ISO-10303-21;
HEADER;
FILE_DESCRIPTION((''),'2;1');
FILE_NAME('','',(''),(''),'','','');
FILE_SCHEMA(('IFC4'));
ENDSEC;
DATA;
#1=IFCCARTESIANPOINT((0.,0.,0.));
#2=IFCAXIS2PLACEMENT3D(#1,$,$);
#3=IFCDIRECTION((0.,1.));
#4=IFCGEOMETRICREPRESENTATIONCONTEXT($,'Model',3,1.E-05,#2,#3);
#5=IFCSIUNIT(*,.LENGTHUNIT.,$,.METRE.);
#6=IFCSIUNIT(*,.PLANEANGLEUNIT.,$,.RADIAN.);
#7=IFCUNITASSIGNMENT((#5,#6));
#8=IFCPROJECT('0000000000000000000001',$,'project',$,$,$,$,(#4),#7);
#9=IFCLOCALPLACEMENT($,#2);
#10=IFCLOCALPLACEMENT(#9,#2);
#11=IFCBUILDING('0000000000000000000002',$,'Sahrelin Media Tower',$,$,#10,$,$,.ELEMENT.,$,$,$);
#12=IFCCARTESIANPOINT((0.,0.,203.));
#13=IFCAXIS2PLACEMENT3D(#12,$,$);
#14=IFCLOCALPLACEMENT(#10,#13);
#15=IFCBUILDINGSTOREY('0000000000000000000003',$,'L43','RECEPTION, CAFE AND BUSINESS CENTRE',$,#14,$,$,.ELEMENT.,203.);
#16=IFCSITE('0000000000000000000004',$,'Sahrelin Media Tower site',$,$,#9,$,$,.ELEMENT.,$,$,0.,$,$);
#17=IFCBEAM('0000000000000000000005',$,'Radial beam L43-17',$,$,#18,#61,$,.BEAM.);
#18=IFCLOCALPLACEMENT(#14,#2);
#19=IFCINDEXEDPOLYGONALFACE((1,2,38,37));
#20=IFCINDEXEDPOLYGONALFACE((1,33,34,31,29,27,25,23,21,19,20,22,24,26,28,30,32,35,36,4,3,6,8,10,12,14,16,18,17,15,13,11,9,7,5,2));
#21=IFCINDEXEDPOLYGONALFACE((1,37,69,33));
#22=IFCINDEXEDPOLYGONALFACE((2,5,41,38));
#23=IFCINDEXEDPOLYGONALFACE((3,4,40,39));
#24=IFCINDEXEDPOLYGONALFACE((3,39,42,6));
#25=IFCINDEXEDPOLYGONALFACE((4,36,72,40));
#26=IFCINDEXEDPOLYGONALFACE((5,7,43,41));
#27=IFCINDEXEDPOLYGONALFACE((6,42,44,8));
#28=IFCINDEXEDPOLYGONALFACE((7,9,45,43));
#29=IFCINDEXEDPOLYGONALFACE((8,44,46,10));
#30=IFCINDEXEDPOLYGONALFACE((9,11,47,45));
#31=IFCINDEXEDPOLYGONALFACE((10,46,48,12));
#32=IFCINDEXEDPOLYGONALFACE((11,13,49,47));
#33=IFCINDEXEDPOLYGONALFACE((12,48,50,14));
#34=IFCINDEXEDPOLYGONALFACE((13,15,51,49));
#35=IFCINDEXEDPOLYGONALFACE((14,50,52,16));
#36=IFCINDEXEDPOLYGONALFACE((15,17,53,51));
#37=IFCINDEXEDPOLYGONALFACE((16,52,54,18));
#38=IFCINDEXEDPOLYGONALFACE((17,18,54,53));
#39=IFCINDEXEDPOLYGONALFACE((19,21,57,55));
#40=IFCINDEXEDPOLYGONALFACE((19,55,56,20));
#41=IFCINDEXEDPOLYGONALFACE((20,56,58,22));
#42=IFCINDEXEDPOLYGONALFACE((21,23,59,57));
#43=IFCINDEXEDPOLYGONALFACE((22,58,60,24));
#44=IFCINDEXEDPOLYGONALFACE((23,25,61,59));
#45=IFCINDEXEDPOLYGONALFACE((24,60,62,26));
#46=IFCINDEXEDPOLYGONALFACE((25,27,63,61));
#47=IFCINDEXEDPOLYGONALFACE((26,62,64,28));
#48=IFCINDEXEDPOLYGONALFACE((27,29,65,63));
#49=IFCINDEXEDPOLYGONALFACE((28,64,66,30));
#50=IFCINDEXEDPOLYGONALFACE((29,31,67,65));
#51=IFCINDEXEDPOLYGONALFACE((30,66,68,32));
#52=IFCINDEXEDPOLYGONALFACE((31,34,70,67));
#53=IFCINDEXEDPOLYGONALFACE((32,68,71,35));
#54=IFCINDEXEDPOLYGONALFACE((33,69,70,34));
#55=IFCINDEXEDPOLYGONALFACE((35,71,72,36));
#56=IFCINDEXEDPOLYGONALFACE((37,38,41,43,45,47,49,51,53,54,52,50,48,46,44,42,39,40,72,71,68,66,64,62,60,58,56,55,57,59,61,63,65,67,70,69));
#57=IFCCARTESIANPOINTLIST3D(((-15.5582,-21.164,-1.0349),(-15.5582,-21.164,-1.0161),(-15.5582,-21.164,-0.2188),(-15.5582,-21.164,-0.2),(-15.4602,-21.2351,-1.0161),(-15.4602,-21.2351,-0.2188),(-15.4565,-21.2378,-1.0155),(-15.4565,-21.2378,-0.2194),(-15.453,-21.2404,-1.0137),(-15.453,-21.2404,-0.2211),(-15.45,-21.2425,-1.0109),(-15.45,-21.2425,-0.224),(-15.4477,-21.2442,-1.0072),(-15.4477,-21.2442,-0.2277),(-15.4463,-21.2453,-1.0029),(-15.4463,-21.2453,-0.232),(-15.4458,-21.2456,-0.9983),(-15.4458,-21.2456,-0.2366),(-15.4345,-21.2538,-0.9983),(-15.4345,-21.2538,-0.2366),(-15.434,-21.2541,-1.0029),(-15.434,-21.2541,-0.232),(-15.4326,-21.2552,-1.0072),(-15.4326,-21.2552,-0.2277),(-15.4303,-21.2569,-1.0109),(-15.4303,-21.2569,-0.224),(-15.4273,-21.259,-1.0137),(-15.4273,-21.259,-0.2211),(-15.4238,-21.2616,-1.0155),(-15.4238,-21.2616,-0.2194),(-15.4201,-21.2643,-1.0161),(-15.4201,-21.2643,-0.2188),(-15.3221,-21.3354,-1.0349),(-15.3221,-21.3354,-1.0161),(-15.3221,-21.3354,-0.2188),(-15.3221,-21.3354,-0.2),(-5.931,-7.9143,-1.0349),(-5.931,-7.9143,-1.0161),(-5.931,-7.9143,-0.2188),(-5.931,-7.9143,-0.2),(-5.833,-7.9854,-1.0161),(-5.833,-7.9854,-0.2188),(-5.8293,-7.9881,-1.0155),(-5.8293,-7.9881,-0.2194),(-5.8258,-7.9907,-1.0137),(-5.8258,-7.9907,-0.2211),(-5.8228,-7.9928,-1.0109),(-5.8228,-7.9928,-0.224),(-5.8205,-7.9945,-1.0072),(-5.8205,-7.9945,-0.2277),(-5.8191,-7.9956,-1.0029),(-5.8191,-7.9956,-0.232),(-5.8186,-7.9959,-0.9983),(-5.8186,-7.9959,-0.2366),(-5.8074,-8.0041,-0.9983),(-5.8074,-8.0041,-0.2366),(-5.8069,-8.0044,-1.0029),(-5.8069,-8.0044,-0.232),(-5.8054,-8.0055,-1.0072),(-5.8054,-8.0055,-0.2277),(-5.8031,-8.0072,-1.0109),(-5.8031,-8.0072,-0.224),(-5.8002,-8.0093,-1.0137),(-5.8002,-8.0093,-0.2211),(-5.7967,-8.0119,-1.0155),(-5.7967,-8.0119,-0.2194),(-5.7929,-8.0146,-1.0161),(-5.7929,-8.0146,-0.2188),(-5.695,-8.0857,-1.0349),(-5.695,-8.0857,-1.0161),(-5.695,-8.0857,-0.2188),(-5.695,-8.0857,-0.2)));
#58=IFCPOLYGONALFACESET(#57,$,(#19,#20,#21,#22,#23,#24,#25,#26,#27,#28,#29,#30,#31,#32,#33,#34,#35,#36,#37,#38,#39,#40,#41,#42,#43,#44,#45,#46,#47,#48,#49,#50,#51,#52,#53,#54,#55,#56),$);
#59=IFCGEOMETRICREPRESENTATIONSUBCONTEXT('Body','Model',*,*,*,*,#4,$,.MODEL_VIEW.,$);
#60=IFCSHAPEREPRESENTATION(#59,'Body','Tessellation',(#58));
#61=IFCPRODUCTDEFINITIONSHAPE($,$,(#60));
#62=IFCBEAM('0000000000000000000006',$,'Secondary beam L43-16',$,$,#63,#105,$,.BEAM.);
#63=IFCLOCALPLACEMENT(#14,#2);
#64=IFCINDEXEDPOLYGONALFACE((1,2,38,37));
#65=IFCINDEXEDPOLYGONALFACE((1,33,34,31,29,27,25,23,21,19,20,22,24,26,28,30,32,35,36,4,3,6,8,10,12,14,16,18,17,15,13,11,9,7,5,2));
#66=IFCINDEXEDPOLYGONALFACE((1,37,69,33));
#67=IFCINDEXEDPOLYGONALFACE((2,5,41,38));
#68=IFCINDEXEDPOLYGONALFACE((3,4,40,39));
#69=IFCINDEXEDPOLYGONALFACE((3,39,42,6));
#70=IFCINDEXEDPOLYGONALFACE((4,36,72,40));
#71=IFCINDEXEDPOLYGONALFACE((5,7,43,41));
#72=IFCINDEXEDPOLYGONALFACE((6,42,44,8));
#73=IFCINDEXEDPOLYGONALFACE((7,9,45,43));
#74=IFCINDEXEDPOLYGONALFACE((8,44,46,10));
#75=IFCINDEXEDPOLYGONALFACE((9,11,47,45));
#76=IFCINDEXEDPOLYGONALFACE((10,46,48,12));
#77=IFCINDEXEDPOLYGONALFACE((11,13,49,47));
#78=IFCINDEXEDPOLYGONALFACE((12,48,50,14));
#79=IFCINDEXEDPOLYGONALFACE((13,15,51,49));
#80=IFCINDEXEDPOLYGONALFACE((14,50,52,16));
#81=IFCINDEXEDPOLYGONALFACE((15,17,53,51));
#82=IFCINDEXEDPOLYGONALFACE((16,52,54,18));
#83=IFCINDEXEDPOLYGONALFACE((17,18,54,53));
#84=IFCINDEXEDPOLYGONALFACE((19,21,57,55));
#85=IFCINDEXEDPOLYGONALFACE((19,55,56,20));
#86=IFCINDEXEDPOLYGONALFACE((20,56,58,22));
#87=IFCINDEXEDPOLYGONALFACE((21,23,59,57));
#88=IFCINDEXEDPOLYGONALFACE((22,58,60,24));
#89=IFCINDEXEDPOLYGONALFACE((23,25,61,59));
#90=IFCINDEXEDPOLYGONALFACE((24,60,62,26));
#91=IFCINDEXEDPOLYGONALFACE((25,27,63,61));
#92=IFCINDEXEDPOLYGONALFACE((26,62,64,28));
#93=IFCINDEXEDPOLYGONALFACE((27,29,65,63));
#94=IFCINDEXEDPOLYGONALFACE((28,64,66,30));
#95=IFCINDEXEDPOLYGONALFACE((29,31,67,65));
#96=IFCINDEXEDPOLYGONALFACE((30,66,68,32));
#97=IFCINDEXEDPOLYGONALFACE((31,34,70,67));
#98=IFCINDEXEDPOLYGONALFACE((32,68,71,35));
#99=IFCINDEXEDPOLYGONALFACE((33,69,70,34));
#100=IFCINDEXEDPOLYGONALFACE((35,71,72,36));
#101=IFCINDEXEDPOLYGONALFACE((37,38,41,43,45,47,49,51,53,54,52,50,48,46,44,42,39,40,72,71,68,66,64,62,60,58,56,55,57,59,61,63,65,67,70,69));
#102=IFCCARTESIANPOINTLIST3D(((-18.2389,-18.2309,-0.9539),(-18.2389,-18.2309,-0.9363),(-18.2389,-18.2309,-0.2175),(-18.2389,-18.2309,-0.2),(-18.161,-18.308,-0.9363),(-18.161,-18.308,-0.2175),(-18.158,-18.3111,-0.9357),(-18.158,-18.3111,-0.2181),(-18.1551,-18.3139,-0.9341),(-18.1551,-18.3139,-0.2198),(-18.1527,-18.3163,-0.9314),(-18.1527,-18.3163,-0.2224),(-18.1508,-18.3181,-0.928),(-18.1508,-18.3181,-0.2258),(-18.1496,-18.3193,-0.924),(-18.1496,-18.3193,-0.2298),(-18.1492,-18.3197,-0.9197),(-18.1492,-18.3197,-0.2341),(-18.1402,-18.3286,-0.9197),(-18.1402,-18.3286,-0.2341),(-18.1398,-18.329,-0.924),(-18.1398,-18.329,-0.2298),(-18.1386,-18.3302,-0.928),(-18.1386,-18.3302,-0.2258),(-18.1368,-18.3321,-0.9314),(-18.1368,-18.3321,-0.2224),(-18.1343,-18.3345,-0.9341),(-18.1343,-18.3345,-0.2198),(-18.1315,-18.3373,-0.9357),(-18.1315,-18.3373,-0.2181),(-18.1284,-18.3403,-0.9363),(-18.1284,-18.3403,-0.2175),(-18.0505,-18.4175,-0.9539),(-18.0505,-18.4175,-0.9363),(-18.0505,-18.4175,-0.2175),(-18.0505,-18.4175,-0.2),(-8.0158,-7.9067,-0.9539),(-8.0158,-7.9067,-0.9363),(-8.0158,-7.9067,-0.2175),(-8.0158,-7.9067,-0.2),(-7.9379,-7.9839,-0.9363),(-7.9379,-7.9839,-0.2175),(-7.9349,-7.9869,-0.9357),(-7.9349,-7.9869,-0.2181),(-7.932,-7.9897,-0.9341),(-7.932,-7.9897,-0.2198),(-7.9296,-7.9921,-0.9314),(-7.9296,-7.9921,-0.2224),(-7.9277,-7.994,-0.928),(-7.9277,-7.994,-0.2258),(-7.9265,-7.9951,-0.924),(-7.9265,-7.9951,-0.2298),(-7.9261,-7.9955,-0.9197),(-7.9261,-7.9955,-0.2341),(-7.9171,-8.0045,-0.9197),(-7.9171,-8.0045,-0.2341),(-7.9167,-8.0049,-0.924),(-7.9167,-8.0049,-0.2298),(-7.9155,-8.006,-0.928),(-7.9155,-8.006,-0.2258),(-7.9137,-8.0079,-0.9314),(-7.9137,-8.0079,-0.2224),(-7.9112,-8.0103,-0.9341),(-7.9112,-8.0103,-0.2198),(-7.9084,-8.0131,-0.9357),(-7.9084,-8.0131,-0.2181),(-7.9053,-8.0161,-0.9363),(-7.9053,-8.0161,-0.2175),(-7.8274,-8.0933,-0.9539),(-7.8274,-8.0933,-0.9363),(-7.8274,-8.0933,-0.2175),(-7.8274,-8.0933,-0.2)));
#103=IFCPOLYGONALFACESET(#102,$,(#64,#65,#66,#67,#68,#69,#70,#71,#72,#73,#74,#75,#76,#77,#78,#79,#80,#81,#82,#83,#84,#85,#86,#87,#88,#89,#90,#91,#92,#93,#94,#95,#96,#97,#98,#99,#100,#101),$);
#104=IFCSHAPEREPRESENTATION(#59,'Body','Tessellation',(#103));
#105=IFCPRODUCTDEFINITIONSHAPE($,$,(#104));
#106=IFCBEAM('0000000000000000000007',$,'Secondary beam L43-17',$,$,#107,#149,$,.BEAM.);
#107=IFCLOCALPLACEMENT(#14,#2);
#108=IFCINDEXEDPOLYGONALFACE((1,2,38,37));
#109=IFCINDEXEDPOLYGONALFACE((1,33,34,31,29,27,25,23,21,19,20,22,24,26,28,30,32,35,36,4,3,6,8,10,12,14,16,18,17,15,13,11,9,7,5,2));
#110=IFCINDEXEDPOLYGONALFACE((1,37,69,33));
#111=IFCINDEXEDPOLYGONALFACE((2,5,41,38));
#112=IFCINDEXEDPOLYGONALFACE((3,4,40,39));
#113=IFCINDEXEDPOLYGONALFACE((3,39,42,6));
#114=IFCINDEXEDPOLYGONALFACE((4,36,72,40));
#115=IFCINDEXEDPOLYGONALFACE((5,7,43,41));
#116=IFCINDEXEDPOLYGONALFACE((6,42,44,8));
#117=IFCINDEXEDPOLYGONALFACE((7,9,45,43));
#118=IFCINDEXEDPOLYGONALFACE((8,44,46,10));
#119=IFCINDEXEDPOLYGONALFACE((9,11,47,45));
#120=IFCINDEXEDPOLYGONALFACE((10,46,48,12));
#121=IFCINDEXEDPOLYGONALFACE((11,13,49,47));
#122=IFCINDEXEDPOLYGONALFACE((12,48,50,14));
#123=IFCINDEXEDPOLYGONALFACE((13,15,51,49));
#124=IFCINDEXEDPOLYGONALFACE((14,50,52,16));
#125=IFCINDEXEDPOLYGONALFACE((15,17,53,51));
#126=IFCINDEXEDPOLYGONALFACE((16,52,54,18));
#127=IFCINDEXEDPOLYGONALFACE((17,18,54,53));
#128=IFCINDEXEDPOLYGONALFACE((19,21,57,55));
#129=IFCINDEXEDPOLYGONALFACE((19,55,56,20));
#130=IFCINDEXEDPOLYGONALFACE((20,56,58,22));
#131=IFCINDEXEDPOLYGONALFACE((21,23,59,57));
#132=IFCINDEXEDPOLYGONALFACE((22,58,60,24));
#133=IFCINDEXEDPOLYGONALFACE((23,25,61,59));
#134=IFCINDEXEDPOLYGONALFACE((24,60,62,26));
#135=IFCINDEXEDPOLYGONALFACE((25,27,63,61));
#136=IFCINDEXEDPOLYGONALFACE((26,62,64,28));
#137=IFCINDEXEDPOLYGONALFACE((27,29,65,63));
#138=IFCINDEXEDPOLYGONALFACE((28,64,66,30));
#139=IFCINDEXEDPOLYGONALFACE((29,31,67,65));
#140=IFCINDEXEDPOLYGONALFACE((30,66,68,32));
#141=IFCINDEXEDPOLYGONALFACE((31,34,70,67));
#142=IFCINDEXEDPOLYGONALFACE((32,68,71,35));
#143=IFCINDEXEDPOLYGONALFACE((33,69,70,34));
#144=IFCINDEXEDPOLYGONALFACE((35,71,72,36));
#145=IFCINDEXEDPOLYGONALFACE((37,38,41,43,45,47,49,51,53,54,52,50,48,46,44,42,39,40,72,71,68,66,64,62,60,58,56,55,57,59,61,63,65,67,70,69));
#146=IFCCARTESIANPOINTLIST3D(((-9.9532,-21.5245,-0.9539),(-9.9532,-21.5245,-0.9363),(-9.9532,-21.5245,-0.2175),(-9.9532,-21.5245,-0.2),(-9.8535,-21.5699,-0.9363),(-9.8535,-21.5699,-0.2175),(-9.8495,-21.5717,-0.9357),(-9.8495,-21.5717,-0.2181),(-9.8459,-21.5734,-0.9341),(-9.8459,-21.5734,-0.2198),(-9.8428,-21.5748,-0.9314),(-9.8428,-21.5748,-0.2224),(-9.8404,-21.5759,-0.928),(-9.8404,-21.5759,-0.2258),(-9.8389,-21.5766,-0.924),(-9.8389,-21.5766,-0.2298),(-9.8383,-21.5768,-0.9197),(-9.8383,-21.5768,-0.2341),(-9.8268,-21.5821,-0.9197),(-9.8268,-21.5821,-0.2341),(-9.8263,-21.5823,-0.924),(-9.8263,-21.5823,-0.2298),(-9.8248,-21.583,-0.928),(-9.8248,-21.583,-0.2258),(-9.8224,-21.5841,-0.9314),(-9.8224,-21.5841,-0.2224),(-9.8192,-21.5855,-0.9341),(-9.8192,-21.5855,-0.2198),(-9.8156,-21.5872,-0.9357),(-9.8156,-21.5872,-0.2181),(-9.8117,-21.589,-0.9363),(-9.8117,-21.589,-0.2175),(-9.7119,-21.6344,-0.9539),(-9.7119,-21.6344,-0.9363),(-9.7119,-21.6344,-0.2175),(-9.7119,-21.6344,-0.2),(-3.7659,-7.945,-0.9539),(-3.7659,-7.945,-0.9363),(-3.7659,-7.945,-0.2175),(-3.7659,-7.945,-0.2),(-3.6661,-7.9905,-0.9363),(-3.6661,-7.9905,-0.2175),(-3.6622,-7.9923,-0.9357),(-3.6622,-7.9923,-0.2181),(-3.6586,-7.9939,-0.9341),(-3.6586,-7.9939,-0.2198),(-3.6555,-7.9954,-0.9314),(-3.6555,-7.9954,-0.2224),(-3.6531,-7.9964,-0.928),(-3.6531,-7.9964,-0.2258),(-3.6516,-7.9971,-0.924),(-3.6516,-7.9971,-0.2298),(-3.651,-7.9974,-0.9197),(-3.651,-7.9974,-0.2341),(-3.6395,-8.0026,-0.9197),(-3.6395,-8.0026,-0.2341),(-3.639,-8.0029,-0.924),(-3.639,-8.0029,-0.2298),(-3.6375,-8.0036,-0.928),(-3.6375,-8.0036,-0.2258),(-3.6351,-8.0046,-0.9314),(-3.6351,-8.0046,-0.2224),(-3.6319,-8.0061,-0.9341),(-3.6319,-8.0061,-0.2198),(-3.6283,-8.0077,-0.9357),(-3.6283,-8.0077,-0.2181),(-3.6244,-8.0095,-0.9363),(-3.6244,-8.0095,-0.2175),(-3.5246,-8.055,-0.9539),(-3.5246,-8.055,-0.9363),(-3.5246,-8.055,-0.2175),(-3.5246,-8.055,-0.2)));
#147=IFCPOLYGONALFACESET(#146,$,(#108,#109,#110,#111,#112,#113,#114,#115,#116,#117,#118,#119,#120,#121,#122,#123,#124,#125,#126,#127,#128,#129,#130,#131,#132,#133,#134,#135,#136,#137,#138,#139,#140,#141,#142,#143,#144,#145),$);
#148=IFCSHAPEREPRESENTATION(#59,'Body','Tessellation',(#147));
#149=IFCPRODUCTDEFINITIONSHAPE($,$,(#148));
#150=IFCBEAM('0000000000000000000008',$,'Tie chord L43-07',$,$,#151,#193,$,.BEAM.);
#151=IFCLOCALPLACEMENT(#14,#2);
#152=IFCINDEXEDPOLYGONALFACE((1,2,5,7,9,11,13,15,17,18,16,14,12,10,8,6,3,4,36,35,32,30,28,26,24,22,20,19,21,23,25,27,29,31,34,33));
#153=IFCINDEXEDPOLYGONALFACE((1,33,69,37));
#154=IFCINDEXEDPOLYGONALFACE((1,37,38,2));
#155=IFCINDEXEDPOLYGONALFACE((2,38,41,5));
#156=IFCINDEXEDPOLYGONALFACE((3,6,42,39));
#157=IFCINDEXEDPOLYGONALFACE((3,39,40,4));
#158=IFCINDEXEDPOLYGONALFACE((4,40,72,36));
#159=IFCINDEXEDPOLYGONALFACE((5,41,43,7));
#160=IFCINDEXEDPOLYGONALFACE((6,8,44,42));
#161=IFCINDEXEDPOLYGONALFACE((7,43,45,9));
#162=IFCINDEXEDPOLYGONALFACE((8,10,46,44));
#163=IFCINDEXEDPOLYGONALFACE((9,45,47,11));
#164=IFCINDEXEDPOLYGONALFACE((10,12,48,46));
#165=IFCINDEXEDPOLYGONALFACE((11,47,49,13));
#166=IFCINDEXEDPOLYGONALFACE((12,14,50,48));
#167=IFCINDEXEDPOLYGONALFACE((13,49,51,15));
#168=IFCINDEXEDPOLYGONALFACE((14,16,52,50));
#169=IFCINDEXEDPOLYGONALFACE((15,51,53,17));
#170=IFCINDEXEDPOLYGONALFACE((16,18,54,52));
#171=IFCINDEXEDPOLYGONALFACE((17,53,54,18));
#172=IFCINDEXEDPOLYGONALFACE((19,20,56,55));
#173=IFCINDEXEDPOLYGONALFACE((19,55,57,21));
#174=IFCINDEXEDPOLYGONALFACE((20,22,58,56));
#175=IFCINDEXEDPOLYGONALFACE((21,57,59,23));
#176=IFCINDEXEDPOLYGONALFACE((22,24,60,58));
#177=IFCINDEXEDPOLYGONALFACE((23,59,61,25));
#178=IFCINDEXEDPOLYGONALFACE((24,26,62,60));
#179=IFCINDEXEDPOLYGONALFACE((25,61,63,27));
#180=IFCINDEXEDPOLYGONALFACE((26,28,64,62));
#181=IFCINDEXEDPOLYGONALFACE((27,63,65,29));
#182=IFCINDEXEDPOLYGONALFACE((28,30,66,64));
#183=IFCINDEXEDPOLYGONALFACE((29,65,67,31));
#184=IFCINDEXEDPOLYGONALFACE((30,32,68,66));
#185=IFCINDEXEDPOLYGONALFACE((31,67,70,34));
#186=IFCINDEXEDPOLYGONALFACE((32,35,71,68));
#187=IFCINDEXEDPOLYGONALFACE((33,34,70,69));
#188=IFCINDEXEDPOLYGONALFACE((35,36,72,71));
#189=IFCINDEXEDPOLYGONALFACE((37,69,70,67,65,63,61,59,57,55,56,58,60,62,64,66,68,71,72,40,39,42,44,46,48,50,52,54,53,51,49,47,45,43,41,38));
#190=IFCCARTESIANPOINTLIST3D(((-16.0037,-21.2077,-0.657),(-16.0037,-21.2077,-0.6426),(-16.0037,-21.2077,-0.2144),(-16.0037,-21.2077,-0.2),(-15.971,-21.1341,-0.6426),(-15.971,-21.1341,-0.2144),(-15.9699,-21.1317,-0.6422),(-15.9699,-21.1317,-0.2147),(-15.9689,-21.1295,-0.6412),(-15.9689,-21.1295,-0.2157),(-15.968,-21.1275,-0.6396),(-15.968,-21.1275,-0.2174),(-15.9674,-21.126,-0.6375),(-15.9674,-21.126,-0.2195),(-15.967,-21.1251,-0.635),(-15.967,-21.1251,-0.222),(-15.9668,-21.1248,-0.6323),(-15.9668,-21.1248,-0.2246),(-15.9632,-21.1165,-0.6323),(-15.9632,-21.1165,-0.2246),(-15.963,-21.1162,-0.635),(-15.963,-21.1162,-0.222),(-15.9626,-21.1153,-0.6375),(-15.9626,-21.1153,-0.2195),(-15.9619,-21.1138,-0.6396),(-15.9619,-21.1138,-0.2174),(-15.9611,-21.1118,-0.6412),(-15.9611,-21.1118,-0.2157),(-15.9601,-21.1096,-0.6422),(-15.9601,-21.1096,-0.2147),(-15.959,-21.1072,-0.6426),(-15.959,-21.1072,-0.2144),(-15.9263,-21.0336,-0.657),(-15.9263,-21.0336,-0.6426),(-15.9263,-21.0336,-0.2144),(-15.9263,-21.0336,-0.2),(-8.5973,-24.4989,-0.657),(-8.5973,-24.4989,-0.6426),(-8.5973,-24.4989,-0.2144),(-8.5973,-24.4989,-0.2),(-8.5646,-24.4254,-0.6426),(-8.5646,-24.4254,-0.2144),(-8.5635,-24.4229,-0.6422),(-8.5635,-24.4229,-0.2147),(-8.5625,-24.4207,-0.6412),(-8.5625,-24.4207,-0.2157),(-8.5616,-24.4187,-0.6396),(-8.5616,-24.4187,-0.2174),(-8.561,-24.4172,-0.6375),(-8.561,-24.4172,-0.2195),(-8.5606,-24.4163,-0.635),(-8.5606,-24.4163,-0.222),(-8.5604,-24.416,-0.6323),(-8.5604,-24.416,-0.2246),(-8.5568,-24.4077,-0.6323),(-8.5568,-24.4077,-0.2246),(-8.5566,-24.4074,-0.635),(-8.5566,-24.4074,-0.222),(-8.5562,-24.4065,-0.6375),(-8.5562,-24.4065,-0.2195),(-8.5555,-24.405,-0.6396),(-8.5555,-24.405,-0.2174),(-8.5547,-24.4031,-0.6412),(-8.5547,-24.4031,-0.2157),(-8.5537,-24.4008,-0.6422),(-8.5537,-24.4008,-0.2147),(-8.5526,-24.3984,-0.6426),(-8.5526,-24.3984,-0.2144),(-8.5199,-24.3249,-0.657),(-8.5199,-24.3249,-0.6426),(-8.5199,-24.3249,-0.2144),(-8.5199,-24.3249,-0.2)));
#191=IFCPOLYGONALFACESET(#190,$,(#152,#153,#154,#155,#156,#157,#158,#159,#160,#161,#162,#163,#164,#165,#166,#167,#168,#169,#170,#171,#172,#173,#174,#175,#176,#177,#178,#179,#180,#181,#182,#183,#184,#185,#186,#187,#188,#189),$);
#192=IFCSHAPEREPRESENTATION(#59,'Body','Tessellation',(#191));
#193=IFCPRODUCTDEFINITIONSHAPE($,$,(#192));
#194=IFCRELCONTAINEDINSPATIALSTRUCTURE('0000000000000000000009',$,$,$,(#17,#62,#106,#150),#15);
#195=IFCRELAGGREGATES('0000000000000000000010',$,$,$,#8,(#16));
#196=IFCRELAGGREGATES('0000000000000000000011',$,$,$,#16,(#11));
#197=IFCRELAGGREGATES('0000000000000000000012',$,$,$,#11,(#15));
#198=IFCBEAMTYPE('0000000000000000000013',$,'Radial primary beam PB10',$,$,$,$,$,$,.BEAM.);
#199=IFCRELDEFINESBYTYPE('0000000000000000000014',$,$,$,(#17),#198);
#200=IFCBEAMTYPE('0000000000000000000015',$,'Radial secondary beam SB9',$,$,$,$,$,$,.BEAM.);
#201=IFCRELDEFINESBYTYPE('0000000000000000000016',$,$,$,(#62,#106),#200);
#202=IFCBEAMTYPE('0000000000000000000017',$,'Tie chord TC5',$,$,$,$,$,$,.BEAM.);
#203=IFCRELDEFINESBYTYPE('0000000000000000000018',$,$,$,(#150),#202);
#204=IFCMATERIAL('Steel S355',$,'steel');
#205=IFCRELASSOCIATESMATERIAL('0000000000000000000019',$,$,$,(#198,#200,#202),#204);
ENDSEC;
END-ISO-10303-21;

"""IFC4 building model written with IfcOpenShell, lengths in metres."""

from ifc_helpers import new_model, si_unit, direction, frame, origin, origin_2d, place, context, subcontext, project, spatial, i_section, extrude, material, material_profile, profile_set, type_object, element, save


model = new_model("IFC4")

# Units and contexts
model_context = context("Model", 3, precision=1e-05, world=origin(), true_north=direction((0.0, 1.0)))
body_context = subcontext(model_context, "Body", "Model", "MODEL_VIEW")
ifc_project = project(units=[si_unit("LENGTHUNIT", "METRE"), si_unit("PLANEANGLEUNIT", "RADIAN")], contexts=[model_context])

# Site, building, storey
site_placement = place(None, origin())
site = spatial("IfcSite", under=ifc_project, at=site_placement, Name="Sahrelin Media Tower site", CompositionType="ELEMENT", RefElevation=0.0)
building_placement = place(site_placement, origin())
building = spatial("IfcBuilding", under=site, at=building_placement, Name="Sahrelin Media Tower", CompositionType="ELEMENT")
storey_placement = place(building_placement, frame((0.0, 0.0, 203.0)))
storey = spatial("IfcBuildingStorey", under=building, at=storey_placement, Name="L43", Description="RECEPTION, CAFE AND BUSINESS CENTRE", CompositionType="ELEMENT", Elevation=203.0)

# Shared definitions
ifc_material_1 = material(Name="Steel S355", Category="steel")

# Beams
ifc_material_profile_1 = material_profile(ifc_material_1, i_section(OverallWidth=0.2917, OverallDepth=0.835, WebThickness=0.0139, FlangeThickness=0.0188, FilletRadius=0.0178, at=origin_2d()), Name="UB 838x292x176")
ifc_profile_set_1 = profile_set([ifc_material_profile_1], Name="Steel S355")
beam_type_1 = type_object("IfcBeamType", Name="Radial primary beam PB10", PredefinedType="BEAM", material=ifc_profile_set_1)
beam_1_placement = place(storey_placement, frame((-5.813, -8.0, -0.6174), z_axis=(-0.587813, -0.808997, 0.0), x_axis=(0.808997, -0.587813, 0.0)))
element("IfcBeam", 1, at=beam_1_placement, inside=storey, type_object=beam_type_1, Name="Radial beam L43-17", PredefinedType="BEAM", context=body_context, shape_type="SweptSolid", body=[
    extrude(i_section(OverallWidth=0.2917, OverallDepth=0.835, WebThickness=0.0139, FlangeThickness=0.0188, FilletRadius=0.0178, at=origin_2d()), origin(), (0.0, 0.0, 1.0), 16.3779),
])
ifc_material_profile_2 = material_profile(ifc_material_1, i_section(OverallWidth=0.2651, OverallDepth=0.7539, WebThickness=0.0127, FlangeThickness=0.0176, FilletRadius=0.0166, at=origin_2d()), Name="UB 762x267x147")
ifc_profile_set_2 = profile_set([ifc_material_profile_2], Name="Steel S355")
beam_type_2 = type_object("IfcBeamType", Name="Radial secondary beam SB9", PredefinedType="BEAM", material=ifc_profile_set_2)
beam_2_placement = place(storey_placement, frame((-7.9216, -8.0, -0.5769), z_axis=(-0.70362, -0.710577, 0.0), x_axis=(0.710577, -0.70362, 0.0)))
element("IfcBeam", 2, at=beam_2_placement, inside=storey, type_object=beam_type_2, Name="Secondary beam L43-16", PredefinedType="BEAM", context=body_context, shape_type="SweptSolid", body=[
    extrude(i_section(OverallWidth=0.2651, OverallDepth=0.7539, WebThickness=0.0127, FlangeThickness=0.0176, FilletRadius=0.0166, at=origin_2d()), origin(), (0.0, 0.0, 1.0), 14.5293),
])
beam_3_placement = place(storey_placement, frame((-3.6453, -8.0, -0.5769), z_axis=(-0.414626, -0.909992, 0.0), x_axis=(0.909992, -0.414626, 0.0)))
element("IfcBeam", 3, at=beam_3_placement, inside=storey, type_object=beam_type_2, Name="Secondary beam L43-17", PredefinedType="BEAM", context=body_context, shape_type="SweptSolid", body=[
    extrude(i_section(OverallWidth=0.2651, OverallDepth=0.7539, WebThickness=0.0127, FlangeThickness=0.0176, FilletRadius=0.0166, at=origin_2d()), origin(), (0.0, 0.0, 1.0), 14.9226),
])
ifc_material_profile_3 = material_profile(ifc_material_1, i_section(OverallWidth=0.1904, OverallDepth=0.457, WebThickness=0.009, FlangeThickness=0.0144, FilletRadius=0.0103, at=origin_2d()), Name="UB 457x191x74")
ifc_profile_set_3 = profile_set([ifc_material_profile_3], Name="Steel S355")
beam_type_3 = type_object("IfcBeamType", Name="Tie chord TC5", PredefinedType="BEAM", material=ifc_profile_set_3)
beam_4_placement = place(storey_placement, frame((-8.5586, -24.4119, -0.4285), z_axis=(-0.913835, 0.406085, 0.0), x_axis=(-0.406085, -0.913835, 0.0)))
element("IfcBeam", 4, at=beam_4_placement, inside=storey, type_object=beam_type_3, Name="Tie chord L43-07", PredefinedType="BEAM", context=body_context, shape_type="SweptSolid", body=[
    extrude(i_section(OverallWidth=0.1904, OverallDepth=0.457, WebThickness=0.009, FlangeThickness=0.0144, FilletRadius=0.0103, at=origin_2d()), origin(), (0.0, 0.0, 1.0), 8.1047),
])

save(model, "model.ifc")
